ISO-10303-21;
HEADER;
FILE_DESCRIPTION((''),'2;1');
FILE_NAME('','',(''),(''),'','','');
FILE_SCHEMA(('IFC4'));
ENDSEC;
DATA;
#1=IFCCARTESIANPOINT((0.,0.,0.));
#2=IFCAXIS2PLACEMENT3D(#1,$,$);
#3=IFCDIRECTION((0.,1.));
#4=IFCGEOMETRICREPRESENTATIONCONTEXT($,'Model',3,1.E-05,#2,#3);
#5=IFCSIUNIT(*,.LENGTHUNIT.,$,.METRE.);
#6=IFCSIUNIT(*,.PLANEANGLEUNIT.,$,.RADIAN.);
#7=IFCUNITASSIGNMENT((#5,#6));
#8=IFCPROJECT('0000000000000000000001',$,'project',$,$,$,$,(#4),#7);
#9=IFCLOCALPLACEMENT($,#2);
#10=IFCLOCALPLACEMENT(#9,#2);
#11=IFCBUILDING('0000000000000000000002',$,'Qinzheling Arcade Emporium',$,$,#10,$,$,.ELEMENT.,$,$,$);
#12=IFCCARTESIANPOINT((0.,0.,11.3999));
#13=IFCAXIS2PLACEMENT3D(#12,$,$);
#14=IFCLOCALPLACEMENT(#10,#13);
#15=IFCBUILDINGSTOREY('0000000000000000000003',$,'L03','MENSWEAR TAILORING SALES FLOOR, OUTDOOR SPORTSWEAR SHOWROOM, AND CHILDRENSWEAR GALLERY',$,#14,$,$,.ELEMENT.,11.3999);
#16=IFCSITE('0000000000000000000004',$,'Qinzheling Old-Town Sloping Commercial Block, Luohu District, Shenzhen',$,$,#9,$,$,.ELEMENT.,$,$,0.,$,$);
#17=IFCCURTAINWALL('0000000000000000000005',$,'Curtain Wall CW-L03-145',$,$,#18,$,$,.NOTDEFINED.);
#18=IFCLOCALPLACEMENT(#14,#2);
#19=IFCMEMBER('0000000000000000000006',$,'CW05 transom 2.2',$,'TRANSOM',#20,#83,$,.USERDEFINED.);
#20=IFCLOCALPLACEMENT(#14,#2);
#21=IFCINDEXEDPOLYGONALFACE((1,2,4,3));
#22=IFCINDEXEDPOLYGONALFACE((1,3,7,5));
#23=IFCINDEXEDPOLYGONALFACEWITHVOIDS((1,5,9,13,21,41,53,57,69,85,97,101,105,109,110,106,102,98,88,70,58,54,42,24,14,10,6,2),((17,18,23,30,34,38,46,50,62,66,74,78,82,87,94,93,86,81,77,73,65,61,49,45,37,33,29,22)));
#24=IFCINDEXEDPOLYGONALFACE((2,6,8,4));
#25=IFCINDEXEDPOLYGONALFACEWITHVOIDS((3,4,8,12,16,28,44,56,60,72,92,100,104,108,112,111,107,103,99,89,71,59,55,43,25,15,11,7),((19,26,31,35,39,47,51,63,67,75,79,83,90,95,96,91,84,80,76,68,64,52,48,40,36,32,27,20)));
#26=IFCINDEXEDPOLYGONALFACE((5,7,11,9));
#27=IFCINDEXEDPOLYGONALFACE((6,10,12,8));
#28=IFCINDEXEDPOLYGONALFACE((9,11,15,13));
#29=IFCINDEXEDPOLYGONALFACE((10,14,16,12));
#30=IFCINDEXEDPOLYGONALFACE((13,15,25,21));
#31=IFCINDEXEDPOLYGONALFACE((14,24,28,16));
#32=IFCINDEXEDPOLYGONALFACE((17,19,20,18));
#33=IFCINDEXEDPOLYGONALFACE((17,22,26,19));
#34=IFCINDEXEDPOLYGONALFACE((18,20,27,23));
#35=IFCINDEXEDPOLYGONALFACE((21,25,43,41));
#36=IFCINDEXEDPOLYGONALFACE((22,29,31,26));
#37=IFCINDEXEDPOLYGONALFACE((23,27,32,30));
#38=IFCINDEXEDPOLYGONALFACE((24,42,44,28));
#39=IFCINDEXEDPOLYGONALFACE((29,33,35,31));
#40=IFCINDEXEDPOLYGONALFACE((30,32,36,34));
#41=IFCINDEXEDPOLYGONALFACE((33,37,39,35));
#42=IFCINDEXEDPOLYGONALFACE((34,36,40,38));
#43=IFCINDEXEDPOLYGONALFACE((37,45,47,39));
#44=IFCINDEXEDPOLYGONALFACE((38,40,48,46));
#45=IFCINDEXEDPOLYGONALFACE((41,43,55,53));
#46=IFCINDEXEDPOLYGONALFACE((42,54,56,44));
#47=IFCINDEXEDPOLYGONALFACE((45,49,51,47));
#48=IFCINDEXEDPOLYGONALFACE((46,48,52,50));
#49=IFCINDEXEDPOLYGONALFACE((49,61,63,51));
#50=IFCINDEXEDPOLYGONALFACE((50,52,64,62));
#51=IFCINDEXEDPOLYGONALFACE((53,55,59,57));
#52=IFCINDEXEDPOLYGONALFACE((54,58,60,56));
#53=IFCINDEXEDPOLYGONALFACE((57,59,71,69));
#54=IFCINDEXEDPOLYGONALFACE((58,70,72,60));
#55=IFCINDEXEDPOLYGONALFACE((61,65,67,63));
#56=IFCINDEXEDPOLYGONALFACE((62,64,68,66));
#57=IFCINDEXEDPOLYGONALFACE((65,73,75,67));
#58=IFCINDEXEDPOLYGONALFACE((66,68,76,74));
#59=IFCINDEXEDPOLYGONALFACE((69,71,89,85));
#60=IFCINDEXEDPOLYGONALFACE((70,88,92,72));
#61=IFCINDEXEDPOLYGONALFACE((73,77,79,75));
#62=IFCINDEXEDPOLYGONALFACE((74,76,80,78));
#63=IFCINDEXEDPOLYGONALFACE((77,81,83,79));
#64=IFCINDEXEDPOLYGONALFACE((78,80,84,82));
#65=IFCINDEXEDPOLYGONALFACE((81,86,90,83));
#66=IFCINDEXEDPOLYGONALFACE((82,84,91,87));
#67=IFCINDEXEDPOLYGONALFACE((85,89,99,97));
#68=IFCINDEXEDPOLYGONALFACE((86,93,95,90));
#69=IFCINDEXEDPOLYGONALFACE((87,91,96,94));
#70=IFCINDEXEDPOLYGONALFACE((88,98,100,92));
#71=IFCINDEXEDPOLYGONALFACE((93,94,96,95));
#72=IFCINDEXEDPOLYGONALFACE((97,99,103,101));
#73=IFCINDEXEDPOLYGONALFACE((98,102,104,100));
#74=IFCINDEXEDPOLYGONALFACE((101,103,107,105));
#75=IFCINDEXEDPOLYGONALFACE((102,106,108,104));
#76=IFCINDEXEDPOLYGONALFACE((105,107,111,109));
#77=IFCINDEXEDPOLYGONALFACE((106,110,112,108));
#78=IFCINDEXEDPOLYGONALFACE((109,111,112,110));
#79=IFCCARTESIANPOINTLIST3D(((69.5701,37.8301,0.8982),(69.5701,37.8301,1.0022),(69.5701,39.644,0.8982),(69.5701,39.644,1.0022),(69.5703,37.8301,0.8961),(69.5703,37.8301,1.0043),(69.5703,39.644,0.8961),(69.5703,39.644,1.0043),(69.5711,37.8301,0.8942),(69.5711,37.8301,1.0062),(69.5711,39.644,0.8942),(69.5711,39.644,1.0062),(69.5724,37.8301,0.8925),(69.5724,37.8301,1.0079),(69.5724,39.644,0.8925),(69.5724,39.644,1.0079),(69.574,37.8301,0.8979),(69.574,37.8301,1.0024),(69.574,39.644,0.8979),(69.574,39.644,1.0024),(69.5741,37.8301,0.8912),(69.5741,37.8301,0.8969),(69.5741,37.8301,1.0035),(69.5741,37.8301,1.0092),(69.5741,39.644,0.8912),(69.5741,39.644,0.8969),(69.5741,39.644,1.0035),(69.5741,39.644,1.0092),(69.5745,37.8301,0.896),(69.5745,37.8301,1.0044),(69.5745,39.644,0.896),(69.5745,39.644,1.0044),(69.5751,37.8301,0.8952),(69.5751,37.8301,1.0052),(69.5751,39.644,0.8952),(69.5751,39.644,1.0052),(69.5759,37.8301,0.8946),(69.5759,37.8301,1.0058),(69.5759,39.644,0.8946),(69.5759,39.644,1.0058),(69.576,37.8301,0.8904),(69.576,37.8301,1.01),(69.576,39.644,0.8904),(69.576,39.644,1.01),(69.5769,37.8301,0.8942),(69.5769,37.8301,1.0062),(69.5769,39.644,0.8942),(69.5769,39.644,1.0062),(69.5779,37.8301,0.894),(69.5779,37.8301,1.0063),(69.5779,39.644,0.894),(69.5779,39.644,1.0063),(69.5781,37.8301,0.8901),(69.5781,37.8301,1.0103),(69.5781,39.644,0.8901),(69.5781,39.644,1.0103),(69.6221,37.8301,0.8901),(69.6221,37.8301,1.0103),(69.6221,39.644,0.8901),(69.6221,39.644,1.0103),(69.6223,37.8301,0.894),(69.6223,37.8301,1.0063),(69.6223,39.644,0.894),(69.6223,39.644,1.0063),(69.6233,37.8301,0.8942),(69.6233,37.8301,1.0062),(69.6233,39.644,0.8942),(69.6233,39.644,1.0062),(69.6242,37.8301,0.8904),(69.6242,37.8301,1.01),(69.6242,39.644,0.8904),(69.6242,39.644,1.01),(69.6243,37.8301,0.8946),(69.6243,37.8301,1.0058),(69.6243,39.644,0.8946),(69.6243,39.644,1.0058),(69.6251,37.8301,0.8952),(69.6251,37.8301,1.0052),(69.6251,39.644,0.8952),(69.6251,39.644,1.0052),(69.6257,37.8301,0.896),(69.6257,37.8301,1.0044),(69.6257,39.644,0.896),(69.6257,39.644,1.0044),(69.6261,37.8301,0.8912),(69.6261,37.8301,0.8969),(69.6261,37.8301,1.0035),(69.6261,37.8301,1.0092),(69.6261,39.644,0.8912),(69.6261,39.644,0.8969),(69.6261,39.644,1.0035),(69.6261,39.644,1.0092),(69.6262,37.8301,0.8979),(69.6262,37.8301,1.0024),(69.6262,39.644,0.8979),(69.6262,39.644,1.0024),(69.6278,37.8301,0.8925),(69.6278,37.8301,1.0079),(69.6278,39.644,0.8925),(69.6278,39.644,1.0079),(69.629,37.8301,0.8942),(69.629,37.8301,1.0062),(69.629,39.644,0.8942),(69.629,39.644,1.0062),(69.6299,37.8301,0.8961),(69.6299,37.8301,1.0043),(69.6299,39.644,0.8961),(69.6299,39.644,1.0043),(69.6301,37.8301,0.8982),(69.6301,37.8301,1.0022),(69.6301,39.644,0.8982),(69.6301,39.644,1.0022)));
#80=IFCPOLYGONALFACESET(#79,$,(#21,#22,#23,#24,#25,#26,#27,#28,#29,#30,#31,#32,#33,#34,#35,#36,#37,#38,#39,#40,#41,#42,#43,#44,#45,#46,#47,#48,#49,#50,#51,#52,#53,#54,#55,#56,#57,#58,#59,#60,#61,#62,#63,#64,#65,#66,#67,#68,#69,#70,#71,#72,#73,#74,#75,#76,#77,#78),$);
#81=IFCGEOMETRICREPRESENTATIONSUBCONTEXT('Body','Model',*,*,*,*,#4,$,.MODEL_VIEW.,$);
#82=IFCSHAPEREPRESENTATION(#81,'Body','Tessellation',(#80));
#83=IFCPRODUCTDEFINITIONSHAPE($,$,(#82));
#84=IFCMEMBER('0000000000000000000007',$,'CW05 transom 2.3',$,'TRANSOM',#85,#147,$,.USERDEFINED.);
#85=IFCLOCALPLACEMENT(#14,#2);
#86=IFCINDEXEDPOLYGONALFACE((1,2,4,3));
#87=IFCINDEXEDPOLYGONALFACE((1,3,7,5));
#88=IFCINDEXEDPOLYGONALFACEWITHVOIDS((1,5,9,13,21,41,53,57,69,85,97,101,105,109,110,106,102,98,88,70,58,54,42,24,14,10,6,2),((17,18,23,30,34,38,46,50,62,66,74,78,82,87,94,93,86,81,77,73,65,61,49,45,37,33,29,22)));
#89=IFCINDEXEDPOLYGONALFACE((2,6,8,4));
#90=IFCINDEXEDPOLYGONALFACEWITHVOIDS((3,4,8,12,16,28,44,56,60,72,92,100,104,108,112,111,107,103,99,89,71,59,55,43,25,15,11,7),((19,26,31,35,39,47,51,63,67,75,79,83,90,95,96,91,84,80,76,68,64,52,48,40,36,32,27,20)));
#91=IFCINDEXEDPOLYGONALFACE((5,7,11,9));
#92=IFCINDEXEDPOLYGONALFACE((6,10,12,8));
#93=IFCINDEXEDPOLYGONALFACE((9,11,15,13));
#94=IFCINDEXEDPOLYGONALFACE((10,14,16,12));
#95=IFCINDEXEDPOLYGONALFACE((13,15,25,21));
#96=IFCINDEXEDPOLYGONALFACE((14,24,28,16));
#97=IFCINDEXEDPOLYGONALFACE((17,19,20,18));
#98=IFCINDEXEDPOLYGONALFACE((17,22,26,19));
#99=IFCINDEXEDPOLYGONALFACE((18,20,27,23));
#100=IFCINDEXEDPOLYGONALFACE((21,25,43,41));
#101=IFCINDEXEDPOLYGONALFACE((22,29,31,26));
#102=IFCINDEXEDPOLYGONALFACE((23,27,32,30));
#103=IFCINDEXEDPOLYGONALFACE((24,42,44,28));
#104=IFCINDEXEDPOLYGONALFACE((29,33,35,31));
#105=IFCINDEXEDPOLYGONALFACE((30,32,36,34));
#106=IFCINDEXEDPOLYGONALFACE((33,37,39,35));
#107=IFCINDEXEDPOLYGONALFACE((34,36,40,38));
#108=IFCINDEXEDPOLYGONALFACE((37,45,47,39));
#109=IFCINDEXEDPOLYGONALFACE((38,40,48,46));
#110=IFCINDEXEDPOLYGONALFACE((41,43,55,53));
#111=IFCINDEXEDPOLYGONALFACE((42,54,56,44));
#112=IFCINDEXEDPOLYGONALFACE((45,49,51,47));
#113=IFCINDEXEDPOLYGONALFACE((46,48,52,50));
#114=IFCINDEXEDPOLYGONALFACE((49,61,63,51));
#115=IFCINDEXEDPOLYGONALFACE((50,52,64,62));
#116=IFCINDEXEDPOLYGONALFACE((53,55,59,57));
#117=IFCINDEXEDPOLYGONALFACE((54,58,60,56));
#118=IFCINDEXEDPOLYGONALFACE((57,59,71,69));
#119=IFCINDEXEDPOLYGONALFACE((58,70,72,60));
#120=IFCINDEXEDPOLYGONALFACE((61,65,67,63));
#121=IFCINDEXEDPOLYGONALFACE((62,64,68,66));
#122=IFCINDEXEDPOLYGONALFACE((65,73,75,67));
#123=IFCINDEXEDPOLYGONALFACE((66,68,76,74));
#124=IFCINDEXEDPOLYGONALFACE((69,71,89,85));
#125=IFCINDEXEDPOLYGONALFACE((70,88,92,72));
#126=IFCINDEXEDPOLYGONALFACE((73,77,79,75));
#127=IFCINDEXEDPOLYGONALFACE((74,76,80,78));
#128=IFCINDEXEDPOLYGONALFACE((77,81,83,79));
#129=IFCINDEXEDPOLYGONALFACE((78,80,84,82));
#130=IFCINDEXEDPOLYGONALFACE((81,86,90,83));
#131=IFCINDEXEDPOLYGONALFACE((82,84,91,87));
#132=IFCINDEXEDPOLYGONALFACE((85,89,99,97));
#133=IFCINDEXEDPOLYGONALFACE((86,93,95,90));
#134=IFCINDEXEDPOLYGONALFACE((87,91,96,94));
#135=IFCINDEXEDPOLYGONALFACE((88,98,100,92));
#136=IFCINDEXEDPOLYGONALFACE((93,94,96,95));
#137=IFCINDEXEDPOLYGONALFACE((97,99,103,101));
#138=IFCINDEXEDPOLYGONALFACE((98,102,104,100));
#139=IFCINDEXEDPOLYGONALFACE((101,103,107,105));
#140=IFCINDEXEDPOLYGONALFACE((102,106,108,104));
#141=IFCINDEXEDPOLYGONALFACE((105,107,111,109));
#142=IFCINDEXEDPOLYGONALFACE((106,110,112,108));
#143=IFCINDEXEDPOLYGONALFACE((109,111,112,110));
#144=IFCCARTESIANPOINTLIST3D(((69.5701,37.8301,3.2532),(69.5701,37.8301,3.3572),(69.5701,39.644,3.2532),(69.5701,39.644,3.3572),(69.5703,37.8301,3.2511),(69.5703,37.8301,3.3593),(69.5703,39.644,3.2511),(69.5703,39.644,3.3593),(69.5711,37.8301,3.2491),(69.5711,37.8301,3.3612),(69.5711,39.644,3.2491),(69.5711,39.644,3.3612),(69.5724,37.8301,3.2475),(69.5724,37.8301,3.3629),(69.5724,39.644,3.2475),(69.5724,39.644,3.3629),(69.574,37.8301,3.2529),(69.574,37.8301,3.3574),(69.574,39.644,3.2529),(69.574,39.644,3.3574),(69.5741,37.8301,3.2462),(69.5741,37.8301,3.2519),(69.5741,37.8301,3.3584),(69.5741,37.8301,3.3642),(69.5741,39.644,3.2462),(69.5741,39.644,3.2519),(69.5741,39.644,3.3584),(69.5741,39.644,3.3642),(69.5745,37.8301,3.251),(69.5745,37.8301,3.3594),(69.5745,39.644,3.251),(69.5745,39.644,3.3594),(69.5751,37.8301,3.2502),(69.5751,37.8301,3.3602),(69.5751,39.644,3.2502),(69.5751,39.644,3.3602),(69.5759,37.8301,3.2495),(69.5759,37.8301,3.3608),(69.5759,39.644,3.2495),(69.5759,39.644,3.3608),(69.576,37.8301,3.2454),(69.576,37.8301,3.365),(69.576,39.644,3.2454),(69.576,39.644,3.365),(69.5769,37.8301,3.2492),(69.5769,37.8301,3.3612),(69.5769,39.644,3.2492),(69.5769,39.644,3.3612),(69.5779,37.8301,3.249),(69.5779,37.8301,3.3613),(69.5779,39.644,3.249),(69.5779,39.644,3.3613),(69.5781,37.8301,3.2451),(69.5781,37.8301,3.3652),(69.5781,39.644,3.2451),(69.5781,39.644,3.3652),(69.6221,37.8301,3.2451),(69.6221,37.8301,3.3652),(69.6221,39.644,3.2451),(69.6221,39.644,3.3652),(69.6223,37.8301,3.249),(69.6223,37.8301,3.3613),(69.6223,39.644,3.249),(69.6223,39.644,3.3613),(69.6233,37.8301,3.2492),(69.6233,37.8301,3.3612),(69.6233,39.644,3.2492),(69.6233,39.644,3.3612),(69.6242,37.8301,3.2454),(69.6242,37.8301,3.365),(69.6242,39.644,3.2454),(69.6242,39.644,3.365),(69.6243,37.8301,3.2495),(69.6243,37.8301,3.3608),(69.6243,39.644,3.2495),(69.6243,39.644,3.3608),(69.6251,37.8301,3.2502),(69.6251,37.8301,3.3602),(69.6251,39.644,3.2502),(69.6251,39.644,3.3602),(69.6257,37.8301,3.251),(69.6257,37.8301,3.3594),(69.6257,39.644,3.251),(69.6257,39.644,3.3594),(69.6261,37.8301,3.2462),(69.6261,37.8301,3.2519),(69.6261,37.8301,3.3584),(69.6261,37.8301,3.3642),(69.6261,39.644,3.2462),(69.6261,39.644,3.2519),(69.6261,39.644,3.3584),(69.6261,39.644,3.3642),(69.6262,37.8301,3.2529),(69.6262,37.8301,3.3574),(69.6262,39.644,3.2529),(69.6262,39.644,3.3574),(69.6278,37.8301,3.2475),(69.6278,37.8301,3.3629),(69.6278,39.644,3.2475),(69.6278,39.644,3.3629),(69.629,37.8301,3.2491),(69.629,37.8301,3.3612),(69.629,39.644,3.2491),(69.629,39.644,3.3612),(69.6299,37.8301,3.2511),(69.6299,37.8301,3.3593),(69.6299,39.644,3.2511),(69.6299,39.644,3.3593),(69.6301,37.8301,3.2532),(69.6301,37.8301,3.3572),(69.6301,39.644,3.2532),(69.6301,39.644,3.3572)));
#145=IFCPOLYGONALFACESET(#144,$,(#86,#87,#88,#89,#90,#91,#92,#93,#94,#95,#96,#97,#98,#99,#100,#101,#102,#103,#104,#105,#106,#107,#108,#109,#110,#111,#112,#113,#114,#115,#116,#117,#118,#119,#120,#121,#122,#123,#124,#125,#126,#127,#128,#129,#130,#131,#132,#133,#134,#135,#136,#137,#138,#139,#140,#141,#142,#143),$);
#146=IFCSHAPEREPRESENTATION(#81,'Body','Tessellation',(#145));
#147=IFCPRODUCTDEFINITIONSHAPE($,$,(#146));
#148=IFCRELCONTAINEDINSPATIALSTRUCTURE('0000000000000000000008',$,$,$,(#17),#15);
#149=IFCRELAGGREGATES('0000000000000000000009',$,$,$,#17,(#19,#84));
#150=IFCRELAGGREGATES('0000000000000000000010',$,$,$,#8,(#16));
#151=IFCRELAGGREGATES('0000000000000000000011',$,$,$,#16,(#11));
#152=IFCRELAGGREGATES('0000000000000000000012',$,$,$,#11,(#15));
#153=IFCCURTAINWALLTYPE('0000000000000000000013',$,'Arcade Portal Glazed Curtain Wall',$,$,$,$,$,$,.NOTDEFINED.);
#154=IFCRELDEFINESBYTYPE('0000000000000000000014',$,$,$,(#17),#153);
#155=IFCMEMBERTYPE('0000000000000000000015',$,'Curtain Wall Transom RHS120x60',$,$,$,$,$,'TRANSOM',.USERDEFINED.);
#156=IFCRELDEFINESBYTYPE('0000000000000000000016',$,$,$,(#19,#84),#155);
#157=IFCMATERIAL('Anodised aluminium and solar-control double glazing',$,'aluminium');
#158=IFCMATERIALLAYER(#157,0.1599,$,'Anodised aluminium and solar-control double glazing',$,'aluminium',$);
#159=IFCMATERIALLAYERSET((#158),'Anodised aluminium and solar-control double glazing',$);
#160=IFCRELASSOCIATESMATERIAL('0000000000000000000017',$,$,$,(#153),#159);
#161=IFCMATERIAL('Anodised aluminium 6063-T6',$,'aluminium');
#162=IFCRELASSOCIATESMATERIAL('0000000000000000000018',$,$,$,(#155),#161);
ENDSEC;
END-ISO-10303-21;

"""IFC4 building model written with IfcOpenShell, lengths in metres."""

from ifc_helpers import new_model, si_unit, direction, frame, origin, origin_2d, place, context, subcontext, project, spatial, hollow_rectangle, extrude, material, layer, layer_set, material_profile, profile_set, type_object, element, aggregate, save


model = new_model("IFC4")

# Units and contexts
model_context = context("Model", 3, precision=1e-05, world=origin(), true_north=direction((0.0, 1.0)))
body_context = subcontext(model_context, "Body", "Model", "MODEL_VIEW")
ifc_project = project(units=[si_unit("LENGTHUNIT", "METRE"), si_unit("PLANEANGLEUNIT", "RADIAN")], contexts=[model_context])

# Site, building, storey
site_placement = place(None, origin())
site = spatial("IfcSite", under=ifc_project, at=site_placement, Name="Qinzheling Old-Town Sloping Commercial Block, Luohu District, Shenzhen", CompositionType="ELEMENT", RefElevation=0.0)
building_placement = place(site_placement, origin())
building = spatial("IfcBuilding", under=site, at=building_placement, Name="Qinzheling Arcade Emporium", CompositionType="ELEMENT")
storey_placement = place(building_placement, frame((0.0, 0.0, 11.3999)))
storey = spatial("IfcBuildingStorey", under=building, at=storey_placement, Name="L03", Description="MENSWEAR TAILORING SALES FLOOR, OUTDOOR SPORTSWEAR SHOWROOM, AND CHILDRENSWEAR GALLERY", CompositionType="ELEMENT", Elevation=11.3999)

# Shared definitions
ifc_material_1 = material(Name="Anodised aluminium and solar-control double glazing", Category="aluminium")
ifc_material_2 = material(Name="Anodised aluminium 6063-T6", Category="aluminium")

# Curtain wall, members
ifc_layer_1 = layer(ifc_material_1, 0.1599, Name="Anodised aluminium and solar-control double glazing", Category="aluminium")
ifc_layer_set_1 = layer_set([ifc_layer_1], Name="Anodised aluminium and solar-control double glazing")
curtain_wall_type_1 = type_object("IfcCurtainWallType", Name="Arcade Portal Glazed Curtain Wall", PredefinedType="NOTDEFINED", material=ifc_layer_set_1)
curtain_wall_1_placement = place(storey_placement, origin())
curtain_wall_1 = element("IfcCurtainWall", 1, at=curtain_wall_1_placement, inside=storey, type_object=curtain_wall_type_1, Name="Curtain Wall CW-L03-145", PredefinedType="NOTDEFINED")
ifc_material_profile_1 = material_profile(ifc_material_2, hollow_rectangle(XDim=0.0601, YDim=0.1201, WallThickness=0.0039, InnerFilletRadius=0.0039, OuterFilletRadius=0.0081, at=origin_2d()), Name="RHS 120x60x4", Category="aluminium")
ifc_profile_set_1 = profile_set([ifc_material_profile_1], Name="Anodised aluminium 6063-T6")
member_type_1 = type_object("IfcMemberType", Name="Curtain Wall Transom RHS120x60", ElementType="TRANSOM", PredefinedType="USERDEFINED", material=ifc_profile_set_1)
member_1_placement = place(storey_placement, frame((69.6001, 39.644, 0.9502), z_axis=(0.0, -1.0, 0.0), x_axis=(1.0, 0.0, 0.0)))
member_1 = element("IfcMember", 2, at=member_1_placement, type_object=member_type_1, Name="CW05 transom 2.2", ObjectType="TRANSOM", PredefinedType="USERDEFINED", context=body_context, shape_type="SweptSolid", body=[
    extrude(hollow_rectangle(XDim=0.0601, YDim=0.1201, WallThickness=0.0039, InnerFilletRadius=0.0039, OuterFilletRadius=0.0081, at=origin_2d()), origin(), (0.0, 0.0, 1.0), 1.814),
])
member_2_placement = place(storey_placement, frame((69.6001, 39.644, 3.3052), z_axis=(0.0, -1.0, 0.0), x_axis=(1.0, 0.0, 0.0)))
member_2 = element("IfcMember", 3, at=member_2_placement, type_object=member_type_1, Name="CW05 transom 2.3", ObjectType="TRANSOM", PredefinedType="USERDEFINED", context=body_context, shape_type="SweptSolid", body=[
    extrude(hollow_rectangle(XDim=0.0601, YDim=0.1201, WallThickness=0.0039, InnerFilletRadius=0.0039, OuterFilletRadius=0.0081, at=origin_2d()), origin(), (0.0, 0.0, 1.0), 1.814),
])

aggregate(curtain_wall_1, [member_1, member_2])

save(model, "model.ifc")
